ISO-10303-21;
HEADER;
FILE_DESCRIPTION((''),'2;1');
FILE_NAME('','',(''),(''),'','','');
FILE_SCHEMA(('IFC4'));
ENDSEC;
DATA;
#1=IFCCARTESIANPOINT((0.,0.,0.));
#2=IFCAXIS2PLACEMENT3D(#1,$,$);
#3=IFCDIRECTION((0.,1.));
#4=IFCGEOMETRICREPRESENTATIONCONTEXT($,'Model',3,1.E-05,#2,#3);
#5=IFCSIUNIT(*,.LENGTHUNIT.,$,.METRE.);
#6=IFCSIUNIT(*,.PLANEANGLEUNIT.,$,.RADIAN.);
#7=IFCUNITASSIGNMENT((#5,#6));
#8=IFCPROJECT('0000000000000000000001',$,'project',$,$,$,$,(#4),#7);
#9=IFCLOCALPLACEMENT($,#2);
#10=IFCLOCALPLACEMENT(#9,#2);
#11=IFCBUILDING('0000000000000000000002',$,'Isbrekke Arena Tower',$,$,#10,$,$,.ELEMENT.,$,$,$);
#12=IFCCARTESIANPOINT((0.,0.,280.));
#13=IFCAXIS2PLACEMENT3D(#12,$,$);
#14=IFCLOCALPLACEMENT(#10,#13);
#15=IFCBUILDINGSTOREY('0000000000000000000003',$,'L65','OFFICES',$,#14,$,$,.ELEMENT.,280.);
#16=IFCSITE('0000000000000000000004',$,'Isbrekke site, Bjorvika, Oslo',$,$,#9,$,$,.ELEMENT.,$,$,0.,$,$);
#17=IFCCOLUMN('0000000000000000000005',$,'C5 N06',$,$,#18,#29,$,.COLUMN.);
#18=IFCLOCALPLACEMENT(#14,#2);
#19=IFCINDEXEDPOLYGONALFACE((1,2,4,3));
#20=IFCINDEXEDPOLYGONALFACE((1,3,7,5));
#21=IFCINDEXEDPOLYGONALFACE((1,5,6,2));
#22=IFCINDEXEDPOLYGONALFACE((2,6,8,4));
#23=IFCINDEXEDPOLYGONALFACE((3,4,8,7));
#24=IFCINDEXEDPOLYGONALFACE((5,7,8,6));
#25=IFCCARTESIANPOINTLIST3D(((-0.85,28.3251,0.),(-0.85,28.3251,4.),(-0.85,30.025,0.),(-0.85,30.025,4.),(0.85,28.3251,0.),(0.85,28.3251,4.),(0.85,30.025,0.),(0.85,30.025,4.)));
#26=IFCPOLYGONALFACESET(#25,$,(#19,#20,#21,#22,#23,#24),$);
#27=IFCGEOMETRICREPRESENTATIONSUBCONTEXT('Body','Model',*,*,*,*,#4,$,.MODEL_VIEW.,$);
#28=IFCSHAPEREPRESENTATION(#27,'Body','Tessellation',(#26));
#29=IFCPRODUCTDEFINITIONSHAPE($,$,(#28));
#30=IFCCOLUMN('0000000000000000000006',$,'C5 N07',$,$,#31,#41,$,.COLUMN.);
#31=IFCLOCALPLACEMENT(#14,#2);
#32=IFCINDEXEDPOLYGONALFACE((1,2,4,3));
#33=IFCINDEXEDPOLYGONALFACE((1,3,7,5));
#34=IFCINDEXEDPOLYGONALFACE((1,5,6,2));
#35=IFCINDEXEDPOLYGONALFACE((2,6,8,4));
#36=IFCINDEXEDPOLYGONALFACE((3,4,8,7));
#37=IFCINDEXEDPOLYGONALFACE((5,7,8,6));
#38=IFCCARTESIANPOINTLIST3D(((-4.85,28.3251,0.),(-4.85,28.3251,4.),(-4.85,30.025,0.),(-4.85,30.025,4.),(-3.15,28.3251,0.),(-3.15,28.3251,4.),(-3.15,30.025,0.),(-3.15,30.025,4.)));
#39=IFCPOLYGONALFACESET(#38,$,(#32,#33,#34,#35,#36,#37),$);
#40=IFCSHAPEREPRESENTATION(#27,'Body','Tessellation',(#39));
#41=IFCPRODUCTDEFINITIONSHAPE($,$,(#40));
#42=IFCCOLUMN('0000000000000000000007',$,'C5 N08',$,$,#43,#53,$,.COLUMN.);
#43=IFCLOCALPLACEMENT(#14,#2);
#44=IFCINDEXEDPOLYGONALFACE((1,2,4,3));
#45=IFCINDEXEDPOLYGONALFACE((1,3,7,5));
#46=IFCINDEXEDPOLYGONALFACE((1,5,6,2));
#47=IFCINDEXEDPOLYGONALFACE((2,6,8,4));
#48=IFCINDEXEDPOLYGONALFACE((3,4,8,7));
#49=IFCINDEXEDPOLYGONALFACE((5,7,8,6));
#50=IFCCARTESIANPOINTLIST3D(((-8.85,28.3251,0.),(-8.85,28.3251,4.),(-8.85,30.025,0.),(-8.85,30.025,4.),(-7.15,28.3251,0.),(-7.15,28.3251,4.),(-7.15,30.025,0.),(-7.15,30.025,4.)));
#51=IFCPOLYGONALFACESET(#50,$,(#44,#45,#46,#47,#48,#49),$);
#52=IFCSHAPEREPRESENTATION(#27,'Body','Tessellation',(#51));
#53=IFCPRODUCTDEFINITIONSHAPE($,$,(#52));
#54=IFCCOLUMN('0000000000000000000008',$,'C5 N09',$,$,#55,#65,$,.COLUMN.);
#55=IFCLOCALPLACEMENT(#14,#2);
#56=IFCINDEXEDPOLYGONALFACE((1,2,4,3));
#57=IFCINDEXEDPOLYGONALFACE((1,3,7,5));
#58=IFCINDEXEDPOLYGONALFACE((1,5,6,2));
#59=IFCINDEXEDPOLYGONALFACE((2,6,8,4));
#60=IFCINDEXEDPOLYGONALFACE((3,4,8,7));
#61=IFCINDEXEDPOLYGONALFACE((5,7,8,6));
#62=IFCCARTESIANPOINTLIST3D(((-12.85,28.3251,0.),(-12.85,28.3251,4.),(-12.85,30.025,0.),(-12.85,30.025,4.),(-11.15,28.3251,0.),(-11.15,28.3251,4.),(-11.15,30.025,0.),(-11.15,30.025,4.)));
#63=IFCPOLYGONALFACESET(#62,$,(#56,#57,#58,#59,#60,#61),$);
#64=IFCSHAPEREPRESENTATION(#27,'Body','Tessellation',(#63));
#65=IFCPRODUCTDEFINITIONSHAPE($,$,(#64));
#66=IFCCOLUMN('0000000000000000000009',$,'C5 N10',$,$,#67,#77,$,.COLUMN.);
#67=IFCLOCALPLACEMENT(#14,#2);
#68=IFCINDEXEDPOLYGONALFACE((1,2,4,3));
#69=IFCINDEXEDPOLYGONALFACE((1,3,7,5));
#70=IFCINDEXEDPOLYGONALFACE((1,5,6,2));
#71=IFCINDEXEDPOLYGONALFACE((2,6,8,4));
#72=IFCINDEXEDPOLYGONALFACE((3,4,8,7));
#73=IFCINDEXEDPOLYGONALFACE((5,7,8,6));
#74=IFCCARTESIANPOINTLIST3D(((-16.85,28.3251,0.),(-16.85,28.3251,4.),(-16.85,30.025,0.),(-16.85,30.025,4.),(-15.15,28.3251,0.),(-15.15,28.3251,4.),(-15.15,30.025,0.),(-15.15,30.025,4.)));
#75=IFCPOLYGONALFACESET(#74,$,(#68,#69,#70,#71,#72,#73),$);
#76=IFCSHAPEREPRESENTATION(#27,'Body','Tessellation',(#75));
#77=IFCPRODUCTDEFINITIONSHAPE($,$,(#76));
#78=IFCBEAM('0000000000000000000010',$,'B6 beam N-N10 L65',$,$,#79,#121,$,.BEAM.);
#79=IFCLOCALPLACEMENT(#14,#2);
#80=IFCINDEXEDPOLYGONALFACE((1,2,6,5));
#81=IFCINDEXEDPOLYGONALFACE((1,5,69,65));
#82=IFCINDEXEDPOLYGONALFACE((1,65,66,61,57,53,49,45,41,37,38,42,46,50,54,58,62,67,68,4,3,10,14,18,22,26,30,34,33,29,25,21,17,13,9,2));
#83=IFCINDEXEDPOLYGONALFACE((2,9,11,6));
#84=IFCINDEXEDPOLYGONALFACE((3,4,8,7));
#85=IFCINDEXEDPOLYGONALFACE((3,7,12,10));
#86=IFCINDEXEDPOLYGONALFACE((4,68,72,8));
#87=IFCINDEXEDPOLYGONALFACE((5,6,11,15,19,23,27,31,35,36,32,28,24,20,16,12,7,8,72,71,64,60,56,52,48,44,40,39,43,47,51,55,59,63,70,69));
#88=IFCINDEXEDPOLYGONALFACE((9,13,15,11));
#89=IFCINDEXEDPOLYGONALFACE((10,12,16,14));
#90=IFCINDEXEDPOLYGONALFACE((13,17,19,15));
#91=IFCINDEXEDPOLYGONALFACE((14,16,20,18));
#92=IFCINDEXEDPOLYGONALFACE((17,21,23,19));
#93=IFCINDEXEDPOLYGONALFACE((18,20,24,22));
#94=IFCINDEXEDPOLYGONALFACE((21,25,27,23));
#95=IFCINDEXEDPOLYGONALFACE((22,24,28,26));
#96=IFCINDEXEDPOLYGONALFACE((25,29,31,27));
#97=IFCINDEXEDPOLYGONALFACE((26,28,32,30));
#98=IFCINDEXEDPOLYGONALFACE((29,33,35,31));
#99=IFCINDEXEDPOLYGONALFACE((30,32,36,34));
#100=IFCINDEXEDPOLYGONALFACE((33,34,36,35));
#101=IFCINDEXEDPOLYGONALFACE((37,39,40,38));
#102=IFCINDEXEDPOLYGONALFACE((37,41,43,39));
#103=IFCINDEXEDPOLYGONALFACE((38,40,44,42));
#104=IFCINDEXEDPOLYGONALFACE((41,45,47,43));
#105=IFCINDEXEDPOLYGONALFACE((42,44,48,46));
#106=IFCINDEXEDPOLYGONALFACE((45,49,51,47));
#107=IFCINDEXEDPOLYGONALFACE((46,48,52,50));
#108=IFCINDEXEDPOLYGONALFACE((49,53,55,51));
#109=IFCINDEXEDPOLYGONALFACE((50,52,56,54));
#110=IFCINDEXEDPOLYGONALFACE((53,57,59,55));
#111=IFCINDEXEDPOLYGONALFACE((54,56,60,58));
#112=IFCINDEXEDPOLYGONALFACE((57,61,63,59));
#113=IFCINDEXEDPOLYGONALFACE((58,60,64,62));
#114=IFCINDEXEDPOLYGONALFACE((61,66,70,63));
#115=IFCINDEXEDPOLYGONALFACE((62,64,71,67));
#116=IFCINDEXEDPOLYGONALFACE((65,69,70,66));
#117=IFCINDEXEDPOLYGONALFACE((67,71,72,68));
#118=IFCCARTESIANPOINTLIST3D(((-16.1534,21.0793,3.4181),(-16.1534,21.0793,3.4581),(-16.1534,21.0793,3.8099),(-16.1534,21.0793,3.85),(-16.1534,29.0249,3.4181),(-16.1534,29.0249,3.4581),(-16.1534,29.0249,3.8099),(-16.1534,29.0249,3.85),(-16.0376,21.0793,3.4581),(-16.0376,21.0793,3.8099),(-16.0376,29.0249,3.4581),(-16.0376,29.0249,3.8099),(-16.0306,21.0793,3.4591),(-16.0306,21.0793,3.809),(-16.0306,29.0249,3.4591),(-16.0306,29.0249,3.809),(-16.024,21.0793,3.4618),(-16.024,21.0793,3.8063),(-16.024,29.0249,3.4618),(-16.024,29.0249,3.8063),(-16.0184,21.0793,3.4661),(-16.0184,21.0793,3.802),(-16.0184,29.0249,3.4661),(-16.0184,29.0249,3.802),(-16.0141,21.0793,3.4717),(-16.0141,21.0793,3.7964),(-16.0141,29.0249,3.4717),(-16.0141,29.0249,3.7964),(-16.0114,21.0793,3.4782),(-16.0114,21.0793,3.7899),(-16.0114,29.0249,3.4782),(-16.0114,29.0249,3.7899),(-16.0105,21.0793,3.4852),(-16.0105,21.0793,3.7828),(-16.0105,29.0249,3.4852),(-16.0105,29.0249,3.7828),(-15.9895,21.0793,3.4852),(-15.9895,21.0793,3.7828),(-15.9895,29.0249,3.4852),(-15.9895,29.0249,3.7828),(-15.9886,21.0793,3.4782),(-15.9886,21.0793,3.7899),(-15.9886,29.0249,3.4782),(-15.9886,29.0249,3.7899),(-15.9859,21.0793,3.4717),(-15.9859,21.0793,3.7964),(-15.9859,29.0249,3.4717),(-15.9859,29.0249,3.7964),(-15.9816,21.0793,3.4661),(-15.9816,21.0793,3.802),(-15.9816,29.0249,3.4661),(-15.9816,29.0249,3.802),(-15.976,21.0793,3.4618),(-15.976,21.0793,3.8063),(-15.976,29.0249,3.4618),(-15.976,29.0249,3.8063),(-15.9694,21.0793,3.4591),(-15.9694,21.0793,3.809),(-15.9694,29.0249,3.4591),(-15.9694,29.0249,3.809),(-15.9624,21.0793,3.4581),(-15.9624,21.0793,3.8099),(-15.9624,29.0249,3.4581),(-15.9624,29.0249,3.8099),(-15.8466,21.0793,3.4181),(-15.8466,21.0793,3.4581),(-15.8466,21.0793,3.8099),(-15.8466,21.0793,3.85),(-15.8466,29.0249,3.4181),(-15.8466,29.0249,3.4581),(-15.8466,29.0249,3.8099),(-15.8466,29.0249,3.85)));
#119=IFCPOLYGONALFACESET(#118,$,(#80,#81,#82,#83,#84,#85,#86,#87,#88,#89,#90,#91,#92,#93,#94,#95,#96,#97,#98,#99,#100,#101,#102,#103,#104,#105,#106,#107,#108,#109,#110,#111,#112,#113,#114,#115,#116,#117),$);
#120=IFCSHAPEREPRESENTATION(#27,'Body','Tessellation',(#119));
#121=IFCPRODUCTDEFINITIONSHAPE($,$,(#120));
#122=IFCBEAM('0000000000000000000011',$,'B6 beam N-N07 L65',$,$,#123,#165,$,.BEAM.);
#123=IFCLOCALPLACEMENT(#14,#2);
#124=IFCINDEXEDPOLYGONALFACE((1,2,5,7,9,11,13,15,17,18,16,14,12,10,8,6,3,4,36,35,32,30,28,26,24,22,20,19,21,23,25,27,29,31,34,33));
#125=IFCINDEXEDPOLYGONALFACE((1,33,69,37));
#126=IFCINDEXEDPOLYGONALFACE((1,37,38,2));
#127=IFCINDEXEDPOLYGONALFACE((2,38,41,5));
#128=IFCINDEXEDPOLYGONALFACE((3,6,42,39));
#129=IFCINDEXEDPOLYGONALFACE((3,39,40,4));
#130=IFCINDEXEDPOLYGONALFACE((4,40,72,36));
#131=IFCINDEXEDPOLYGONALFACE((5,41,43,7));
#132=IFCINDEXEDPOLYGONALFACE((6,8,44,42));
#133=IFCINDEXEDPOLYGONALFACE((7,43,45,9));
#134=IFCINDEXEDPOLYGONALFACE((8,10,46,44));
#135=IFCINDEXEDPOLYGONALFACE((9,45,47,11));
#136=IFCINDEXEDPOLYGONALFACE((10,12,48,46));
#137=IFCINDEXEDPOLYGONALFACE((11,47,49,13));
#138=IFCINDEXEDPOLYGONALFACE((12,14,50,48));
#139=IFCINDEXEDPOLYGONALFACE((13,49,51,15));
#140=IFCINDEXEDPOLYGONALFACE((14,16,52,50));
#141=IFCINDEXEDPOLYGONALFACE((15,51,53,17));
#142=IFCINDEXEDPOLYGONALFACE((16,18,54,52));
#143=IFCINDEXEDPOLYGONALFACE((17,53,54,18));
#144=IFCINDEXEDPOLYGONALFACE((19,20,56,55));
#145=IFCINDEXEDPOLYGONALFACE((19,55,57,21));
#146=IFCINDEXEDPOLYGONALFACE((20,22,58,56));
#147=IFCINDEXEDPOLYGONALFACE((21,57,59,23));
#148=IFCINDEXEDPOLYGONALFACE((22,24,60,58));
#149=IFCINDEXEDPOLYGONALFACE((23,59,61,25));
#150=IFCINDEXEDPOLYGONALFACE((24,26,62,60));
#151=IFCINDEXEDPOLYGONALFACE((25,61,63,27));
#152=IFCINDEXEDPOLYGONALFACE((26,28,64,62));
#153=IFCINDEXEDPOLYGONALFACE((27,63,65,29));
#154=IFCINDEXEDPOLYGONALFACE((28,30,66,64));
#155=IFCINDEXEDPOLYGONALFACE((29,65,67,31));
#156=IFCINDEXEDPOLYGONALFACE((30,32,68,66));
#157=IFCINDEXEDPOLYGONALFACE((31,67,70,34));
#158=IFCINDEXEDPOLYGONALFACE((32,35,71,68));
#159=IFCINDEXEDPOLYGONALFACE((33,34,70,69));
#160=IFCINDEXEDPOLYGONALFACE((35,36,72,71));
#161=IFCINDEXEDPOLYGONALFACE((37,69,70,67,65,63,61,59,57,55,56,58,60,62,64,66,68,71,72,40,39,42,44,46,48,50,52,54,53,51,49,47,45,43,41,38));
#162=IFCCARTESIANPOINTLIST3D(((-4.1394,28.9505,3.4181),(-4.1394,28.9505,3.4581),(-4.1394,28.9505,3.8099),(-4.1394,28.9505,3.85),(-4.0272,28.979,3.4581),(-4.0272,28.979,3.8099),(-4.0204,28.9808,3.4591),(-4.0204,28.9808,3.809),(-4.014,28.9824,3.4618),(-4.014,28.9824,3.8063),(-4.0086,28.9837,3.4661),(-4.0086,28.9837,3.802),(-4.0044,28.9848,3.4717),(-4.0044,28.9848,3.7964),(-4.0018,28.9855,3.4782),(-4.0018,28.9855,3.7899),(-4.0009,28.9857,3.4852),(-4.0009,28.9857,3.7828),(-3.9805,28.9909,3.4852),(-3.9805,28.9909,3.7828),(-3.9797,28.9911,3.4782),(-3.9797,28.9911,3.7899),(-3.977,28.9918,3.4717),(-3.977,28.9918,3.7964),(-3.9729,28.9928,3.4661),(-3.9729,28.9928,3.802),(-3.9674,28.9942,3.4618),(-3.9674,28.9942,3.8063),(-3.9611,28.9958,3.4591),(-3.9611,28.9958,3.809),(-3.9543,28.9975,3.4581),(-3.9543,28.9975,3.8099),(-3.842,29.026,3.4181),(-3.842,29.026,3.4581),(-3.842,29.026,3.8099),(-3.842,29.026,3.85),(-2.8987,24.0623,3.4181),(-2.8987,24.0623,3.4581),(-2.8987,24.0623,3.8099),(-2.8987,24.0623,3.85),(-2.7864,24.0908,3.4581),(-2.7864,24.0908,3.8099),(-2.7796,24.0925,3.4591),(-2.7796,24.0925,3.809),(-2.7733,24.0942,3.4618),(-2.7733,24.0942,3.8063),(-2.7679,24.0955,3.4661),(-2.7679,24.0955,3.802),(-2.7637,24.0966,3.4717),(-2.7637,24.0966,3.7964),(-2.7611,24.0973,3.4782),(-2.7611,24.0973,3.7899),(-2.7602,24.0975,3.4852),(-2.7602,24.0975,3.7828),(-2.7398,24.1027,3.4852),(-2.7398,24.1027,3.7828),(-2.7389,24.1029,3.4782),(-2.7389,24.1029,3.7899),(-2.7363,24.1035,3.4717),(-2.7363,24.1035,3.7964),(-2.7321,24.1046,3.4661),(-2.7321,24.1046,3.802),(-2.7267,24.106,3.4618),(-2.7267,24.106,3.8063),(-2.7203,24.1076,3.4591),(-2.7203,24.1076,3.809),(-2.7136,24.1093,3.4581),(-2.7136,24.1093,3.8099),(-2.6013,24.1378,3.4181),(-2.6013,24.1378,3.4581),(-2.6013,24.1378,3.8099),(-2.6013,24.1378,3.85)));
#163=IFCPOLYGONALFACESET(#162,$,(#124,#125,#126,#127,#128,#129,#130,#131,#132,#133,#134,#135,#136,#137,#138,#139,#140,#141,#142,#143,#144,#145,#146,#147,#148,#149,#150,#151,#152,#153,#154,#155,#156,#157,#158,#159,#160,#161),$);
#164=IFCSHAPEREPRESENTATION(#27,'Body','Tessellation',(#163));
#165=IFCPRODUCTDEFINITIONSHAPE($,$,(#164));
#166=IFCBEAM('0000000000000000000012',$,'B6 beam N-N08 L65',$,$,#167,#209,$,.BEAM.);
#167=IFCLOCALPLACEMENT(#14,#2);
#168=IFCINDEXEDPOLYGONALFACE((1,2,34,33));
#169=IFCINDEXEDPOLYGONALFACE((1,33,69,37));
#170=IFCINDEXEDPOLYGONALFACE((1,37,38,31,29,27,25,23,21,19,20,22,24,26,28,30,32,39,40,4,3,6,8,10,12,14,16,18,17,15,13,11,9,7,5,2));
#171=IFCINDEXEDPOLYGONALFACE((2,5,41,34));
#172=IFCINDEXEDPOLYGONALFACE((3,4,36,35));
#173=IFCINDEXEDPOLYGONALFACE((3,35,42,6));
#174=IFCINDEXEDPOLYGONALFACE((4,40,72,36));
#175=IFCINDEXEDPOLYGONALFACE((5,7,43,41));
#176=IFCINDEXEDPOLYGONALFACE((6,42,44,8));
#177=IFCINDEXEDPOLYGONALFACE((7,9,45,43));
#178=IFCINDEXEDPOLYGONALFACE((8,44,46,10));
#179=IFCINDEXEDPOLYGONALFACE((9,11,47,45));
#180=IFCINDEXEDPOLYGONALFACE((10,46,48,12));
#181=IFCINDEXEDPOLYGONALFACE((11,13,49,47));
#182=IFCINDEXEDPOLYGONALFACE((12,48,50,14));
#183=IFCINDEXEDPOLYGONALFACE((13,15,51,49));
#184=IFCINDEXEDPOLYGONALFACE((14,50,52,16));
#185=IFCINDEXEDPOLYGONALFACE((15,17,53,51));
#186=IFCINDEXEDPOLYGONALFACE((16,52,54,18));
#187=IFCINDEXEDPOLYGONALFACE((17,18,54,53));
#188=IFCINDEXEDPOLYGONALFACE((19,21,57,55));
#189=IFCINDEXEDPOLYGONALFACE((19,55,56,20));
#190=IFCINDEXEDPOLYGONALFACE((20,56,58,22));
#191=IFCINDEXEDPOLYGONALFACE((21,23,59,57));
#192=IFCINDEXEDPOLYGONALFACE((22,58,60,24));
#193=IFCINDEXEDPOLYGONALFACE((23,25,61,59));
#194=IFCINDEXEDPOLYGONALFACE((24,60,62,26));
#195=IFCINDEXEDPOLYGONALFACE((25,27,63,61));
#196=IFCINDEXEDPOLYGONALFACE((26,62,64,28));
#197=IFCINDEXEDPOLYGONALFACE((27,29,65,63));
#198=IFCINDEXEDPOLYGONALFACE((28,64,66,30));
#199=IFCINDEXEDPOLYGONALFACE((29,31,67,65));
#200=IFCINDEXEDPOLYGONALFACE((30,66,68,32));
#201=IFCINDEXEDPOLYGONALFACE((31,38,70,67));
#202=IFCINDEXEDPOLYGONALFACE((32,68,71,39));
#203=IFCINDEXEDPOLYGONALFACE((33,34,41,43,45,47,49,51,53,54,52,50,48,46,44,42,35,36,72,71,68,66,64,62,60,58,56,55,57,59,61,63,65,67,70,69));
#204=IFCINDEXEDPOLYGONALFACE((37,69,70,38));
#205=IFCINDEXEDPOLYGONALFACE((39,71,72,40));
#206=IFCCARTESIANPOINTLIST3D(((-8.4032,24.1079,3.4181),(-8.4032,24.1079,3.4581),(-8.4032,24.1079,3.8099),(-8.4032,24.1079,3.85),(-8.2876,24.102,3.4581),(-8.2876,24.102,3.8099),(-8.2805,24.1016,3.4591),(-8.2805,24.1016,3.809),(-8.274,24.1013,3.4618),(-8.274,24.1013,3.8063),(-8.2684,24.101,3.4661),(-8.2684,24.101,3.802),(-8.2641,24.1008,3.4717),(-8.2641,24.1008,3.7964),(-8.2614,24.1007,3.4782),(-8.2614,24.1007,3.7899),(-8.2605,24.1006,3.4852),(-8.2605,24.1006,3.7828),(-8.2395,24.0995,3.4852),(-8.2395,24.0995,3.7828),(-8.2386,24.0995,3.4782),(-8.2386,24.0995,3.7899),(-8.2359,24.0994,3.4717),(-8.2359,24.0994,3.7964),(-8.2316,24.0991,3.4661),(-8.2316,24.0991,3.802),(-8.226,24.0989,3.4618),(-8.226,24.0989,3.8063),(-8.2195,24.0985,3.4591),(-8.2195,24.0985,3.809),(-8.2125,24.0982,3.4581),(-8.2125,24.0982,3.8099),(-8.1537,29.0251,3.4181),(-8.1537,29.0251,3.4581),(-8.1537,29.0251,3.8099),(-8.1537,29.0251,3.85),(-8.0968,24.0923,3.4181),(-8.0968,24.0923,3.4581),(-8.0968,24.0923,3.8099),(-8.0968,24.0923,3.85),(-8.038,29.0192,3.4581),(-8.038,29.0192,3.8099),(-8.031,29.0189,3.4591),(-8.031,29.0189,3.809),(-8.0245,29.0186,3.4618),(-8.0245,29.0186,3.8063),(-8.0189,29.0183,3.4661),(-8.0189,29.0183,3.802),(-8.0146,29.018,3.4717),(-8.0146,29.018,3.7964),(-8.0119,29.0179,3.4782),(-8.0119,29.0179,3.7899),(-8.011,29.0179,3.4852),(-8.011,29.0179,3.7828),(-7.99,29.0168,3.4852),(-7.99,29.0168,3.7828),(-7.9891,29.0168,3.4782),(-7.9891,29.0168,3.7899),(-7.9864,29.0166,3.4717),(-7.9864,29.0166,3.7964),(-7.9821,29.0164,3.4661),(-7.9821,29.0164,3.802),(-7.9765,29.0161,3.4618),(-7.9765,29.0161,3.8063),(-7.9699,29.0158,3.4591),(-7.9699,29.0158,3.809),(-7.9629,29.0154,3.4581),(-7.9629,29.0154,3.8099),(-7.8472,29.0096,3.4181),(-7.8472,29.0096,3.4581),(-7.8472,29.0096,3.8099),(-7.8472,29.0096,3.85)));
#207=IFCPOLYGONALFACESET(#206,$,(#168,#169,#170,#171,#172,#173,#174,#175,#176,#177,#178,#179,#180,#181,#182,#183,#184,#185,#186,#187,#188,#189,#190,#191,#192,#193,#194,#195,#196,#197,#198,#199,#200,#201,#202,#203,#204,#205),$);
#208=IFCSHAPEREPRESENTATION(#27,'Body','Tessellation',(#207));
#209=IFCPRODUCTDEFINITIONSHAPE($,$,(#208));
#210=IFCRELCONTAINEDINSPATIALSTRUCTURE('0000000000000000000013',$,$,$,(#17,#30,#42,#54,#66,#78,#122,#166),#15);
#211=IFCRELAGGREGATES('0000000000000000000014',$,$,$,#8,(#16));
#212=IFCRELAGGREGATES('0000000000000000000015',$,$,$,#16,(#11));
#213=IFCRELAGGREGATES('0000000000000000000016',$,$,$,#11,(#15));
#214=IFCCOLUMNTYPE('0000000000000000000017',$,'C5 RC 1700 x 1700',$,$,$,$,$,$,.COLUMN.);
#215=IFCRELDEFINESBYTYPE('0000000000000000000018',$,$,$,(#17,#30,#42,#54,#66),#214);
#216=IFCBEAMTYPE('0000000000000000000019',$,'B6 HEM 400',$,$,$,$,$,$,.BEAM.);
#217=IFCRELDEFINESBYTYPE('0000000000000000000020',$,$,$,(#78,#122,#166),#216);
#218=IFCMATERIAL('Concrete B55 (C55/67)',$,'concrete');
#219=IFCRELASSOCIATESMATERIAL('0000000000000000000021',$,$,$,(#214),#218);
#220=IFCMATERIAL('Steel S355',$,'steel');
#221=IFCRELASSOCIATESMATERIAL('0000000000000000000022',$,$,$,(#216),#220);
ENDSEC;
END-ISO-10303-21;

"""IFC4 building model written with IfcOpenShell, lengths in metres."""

from ifc_helpers import new_model, si_unit, direction, frame, origin, origin_2d, place, context, subcontext, project, spatial, rectangle, i_section, extrude, material, material_profile, profile_set, type_object, element, save


model = new_model("IFC4")

# Units and contexts
model_context = context("Model", 3, precision=1e-05, world=origin(), true_north=direction((0.0, 1.0)))
body_context = subcontext(model_context, "Body", "Model", "MODEL_VIEW")
ifc_project = project(units=[si_unit("LENGTHUNIT", "METRE"), si_unit("PLANEANGLEUNIT", "RADIAN")], contexts=[model_context])

# Site, building, storey
site_placement = place(None, origin())
site = spatial("IfcSite", under=ifc_project, at=site_placement, Name="Isbrekke site, Bjorvika, Oslo", CompositionType="ELEMENT", RefElevation=0.0)
building_placement = place(site_placement, origin())
building = spatial("IfcBuilding", under=site, at=building_placement, Name="Isbrekke Arena Tower", CompositionType="ELEMENT")
storey_placement = place(building_placement, frame((0.0, 0.0, 280.0)))
storey = spatial("IfcBuildingStorey", under=building, at=storey_placement, Name="L65", Description="OFFICES", CompositionType="ELEMENT", Elevation=280.0)

# Columns
ifc_material_1 = material(Name="Concrete B55 (C55/67)", Category="concrete")
ifc_material_profile_1 = material_profile(ifc_material_1, rectangle(XDim=1.7, YDim=1.7, at=origin_2d()), Name="RC 1700x1700")
ifc_profile_set_1 = profile_set([ifc_material_profile_1], Name="Concrete B55 (C55/67)")
column_type = type_object("IfcColumnType", Name="C5 RC 1700 x 1700", PredefinedType="COLUMN", material=ifc_profile_set_1)
for number, where, z_axis, x_axis, name in (
    (1, (0.0, 29.175, 0.0), (0.0, 0.0, 1.0), (-1.0, 0.0, 0.0), "C5 N06"),
    (2, (-4.0, 29.175, 0.0), (0.0, 0.0, 1.0), (-1.0, 0.0, 0.0), "C5 N07"),
    (3, (-8.0, 29.175, 0.0), (0.0, 0.0, 1.0), (-1.0, 0.0, 0.0), "C5 N08"),
    (4, (-12.0, 29.175, 0.0), (0.0, 0.0, 1.0), (-1.0, 0.0, 0.0), "C5 N09"),
    (5, (-16.0, 29.175, 0.0), (0.0, 0.0, 1.0), (-1.0, 0.0, 0.0), "C5 N10"),
):
    element("IfcColumn", number, at=place(storey_placement, frame(where, z_axis=z_axis, x_axis=x_axis)), inside=storey, type_object=column_type, Name=name, PredefinedType="COLUMN", context=body_context, shape_type="SweptSolid", body=[
        extrude(rectangle(XDim=1.7, YDim=1.7, at=origin_2d()), origin(), (0.0, 0.0, 1.0), 4.0),
    ])

# Beams
ifc_material_2 = material(Name="Steel S355", Category="steel")
ifc_material_profile_2 = material_profile(ifc_material_2, i_section(OverallWidth=0.3069, OverallDepth=0.4319, WebThickness=0.021, FlangeThickness=0.04, FilletRadius=0.0271, at=origin_2d()), Name="HEM 400")
ifc_profile_set_2 = profile_set([ifc_material_profile_2], Name="Steel S355")
beam_type_1 = type_object("IfcBeamType", Name="B6 HEM 400", PredefinedType="BEAM", material=ifc_profile_set_2)
beam_1_placement = place(storey_placement, frame((-16.0, 29.0249, 3.634), z_axis=(0.0, -1.0, 0.0), x_axis=(1.0, 0.0, 0.0)))
element("IfcBeam", 6, at=beam_1_placement, inside=storey, type_object=beam_type_1, Name="B6 beam N-N10 L65", PredefinedType="BEAM", context=body_context, shape_type="SweptSolid", body=[
    extrude(i_section(OverallWidth=0.3069, OverallDepth=0.4319, WebThickness=0.021, FlangeThickness=0.04, FilletRadius=0.0271, at=origin_2d()), origin(), (0.0, 0.0, 1.0), 7.9456),
])
beam_2_placement = place(storey_placement, frame((-3.9907, 28.9883, 3.634), z_axis=(0.24602, -0.969265, 0.0), x_axis=(0.969265, 0.24602, 0.0)))
element("IfcBeam", 7, at=beam_2_placement, inside=storey, type_object=beam_type_1, Name="B6 beam N-N07 L65", PredefinedType="BEAM", context=body_context, shape_type="SweptSolid", body=[
    extrude(i_section(OverallWidth=0.3069, OverallDepth=0.4319, WebThickness=0.021, FlangeThickness=0.04, FilletRadius=0.0271, at=origin_2d()), origin(), (0.0, 0.0, 1.0), 5.0432),
])
beam_3_placement = place(storey_placement, frame((-8.0005, 29.0173, 3.634), z_axis=(-0.050677, -0.998715, 0.0), x_axis=(0.998715, -0.050677, 0.0)))
element("IfcBeam", 8, at=beam_3_placement, inside=storey, type_object=beam_type_1, Name="B6 beam N-N08 L65", PredefinedType="BEAM", context=body_context, shape_type="SweptSolid", body=[
    extrude(i_section(OverallWidth=0.3069, OverallDepth=0.4319, WebThickness=0.021, FlangeThickness=0.04, FilletRadius=0.0271, at=origin_2d()), origin(), (0.0, 0.0, 1.0), 4.9236),
])

save(model, "model.ifc")
